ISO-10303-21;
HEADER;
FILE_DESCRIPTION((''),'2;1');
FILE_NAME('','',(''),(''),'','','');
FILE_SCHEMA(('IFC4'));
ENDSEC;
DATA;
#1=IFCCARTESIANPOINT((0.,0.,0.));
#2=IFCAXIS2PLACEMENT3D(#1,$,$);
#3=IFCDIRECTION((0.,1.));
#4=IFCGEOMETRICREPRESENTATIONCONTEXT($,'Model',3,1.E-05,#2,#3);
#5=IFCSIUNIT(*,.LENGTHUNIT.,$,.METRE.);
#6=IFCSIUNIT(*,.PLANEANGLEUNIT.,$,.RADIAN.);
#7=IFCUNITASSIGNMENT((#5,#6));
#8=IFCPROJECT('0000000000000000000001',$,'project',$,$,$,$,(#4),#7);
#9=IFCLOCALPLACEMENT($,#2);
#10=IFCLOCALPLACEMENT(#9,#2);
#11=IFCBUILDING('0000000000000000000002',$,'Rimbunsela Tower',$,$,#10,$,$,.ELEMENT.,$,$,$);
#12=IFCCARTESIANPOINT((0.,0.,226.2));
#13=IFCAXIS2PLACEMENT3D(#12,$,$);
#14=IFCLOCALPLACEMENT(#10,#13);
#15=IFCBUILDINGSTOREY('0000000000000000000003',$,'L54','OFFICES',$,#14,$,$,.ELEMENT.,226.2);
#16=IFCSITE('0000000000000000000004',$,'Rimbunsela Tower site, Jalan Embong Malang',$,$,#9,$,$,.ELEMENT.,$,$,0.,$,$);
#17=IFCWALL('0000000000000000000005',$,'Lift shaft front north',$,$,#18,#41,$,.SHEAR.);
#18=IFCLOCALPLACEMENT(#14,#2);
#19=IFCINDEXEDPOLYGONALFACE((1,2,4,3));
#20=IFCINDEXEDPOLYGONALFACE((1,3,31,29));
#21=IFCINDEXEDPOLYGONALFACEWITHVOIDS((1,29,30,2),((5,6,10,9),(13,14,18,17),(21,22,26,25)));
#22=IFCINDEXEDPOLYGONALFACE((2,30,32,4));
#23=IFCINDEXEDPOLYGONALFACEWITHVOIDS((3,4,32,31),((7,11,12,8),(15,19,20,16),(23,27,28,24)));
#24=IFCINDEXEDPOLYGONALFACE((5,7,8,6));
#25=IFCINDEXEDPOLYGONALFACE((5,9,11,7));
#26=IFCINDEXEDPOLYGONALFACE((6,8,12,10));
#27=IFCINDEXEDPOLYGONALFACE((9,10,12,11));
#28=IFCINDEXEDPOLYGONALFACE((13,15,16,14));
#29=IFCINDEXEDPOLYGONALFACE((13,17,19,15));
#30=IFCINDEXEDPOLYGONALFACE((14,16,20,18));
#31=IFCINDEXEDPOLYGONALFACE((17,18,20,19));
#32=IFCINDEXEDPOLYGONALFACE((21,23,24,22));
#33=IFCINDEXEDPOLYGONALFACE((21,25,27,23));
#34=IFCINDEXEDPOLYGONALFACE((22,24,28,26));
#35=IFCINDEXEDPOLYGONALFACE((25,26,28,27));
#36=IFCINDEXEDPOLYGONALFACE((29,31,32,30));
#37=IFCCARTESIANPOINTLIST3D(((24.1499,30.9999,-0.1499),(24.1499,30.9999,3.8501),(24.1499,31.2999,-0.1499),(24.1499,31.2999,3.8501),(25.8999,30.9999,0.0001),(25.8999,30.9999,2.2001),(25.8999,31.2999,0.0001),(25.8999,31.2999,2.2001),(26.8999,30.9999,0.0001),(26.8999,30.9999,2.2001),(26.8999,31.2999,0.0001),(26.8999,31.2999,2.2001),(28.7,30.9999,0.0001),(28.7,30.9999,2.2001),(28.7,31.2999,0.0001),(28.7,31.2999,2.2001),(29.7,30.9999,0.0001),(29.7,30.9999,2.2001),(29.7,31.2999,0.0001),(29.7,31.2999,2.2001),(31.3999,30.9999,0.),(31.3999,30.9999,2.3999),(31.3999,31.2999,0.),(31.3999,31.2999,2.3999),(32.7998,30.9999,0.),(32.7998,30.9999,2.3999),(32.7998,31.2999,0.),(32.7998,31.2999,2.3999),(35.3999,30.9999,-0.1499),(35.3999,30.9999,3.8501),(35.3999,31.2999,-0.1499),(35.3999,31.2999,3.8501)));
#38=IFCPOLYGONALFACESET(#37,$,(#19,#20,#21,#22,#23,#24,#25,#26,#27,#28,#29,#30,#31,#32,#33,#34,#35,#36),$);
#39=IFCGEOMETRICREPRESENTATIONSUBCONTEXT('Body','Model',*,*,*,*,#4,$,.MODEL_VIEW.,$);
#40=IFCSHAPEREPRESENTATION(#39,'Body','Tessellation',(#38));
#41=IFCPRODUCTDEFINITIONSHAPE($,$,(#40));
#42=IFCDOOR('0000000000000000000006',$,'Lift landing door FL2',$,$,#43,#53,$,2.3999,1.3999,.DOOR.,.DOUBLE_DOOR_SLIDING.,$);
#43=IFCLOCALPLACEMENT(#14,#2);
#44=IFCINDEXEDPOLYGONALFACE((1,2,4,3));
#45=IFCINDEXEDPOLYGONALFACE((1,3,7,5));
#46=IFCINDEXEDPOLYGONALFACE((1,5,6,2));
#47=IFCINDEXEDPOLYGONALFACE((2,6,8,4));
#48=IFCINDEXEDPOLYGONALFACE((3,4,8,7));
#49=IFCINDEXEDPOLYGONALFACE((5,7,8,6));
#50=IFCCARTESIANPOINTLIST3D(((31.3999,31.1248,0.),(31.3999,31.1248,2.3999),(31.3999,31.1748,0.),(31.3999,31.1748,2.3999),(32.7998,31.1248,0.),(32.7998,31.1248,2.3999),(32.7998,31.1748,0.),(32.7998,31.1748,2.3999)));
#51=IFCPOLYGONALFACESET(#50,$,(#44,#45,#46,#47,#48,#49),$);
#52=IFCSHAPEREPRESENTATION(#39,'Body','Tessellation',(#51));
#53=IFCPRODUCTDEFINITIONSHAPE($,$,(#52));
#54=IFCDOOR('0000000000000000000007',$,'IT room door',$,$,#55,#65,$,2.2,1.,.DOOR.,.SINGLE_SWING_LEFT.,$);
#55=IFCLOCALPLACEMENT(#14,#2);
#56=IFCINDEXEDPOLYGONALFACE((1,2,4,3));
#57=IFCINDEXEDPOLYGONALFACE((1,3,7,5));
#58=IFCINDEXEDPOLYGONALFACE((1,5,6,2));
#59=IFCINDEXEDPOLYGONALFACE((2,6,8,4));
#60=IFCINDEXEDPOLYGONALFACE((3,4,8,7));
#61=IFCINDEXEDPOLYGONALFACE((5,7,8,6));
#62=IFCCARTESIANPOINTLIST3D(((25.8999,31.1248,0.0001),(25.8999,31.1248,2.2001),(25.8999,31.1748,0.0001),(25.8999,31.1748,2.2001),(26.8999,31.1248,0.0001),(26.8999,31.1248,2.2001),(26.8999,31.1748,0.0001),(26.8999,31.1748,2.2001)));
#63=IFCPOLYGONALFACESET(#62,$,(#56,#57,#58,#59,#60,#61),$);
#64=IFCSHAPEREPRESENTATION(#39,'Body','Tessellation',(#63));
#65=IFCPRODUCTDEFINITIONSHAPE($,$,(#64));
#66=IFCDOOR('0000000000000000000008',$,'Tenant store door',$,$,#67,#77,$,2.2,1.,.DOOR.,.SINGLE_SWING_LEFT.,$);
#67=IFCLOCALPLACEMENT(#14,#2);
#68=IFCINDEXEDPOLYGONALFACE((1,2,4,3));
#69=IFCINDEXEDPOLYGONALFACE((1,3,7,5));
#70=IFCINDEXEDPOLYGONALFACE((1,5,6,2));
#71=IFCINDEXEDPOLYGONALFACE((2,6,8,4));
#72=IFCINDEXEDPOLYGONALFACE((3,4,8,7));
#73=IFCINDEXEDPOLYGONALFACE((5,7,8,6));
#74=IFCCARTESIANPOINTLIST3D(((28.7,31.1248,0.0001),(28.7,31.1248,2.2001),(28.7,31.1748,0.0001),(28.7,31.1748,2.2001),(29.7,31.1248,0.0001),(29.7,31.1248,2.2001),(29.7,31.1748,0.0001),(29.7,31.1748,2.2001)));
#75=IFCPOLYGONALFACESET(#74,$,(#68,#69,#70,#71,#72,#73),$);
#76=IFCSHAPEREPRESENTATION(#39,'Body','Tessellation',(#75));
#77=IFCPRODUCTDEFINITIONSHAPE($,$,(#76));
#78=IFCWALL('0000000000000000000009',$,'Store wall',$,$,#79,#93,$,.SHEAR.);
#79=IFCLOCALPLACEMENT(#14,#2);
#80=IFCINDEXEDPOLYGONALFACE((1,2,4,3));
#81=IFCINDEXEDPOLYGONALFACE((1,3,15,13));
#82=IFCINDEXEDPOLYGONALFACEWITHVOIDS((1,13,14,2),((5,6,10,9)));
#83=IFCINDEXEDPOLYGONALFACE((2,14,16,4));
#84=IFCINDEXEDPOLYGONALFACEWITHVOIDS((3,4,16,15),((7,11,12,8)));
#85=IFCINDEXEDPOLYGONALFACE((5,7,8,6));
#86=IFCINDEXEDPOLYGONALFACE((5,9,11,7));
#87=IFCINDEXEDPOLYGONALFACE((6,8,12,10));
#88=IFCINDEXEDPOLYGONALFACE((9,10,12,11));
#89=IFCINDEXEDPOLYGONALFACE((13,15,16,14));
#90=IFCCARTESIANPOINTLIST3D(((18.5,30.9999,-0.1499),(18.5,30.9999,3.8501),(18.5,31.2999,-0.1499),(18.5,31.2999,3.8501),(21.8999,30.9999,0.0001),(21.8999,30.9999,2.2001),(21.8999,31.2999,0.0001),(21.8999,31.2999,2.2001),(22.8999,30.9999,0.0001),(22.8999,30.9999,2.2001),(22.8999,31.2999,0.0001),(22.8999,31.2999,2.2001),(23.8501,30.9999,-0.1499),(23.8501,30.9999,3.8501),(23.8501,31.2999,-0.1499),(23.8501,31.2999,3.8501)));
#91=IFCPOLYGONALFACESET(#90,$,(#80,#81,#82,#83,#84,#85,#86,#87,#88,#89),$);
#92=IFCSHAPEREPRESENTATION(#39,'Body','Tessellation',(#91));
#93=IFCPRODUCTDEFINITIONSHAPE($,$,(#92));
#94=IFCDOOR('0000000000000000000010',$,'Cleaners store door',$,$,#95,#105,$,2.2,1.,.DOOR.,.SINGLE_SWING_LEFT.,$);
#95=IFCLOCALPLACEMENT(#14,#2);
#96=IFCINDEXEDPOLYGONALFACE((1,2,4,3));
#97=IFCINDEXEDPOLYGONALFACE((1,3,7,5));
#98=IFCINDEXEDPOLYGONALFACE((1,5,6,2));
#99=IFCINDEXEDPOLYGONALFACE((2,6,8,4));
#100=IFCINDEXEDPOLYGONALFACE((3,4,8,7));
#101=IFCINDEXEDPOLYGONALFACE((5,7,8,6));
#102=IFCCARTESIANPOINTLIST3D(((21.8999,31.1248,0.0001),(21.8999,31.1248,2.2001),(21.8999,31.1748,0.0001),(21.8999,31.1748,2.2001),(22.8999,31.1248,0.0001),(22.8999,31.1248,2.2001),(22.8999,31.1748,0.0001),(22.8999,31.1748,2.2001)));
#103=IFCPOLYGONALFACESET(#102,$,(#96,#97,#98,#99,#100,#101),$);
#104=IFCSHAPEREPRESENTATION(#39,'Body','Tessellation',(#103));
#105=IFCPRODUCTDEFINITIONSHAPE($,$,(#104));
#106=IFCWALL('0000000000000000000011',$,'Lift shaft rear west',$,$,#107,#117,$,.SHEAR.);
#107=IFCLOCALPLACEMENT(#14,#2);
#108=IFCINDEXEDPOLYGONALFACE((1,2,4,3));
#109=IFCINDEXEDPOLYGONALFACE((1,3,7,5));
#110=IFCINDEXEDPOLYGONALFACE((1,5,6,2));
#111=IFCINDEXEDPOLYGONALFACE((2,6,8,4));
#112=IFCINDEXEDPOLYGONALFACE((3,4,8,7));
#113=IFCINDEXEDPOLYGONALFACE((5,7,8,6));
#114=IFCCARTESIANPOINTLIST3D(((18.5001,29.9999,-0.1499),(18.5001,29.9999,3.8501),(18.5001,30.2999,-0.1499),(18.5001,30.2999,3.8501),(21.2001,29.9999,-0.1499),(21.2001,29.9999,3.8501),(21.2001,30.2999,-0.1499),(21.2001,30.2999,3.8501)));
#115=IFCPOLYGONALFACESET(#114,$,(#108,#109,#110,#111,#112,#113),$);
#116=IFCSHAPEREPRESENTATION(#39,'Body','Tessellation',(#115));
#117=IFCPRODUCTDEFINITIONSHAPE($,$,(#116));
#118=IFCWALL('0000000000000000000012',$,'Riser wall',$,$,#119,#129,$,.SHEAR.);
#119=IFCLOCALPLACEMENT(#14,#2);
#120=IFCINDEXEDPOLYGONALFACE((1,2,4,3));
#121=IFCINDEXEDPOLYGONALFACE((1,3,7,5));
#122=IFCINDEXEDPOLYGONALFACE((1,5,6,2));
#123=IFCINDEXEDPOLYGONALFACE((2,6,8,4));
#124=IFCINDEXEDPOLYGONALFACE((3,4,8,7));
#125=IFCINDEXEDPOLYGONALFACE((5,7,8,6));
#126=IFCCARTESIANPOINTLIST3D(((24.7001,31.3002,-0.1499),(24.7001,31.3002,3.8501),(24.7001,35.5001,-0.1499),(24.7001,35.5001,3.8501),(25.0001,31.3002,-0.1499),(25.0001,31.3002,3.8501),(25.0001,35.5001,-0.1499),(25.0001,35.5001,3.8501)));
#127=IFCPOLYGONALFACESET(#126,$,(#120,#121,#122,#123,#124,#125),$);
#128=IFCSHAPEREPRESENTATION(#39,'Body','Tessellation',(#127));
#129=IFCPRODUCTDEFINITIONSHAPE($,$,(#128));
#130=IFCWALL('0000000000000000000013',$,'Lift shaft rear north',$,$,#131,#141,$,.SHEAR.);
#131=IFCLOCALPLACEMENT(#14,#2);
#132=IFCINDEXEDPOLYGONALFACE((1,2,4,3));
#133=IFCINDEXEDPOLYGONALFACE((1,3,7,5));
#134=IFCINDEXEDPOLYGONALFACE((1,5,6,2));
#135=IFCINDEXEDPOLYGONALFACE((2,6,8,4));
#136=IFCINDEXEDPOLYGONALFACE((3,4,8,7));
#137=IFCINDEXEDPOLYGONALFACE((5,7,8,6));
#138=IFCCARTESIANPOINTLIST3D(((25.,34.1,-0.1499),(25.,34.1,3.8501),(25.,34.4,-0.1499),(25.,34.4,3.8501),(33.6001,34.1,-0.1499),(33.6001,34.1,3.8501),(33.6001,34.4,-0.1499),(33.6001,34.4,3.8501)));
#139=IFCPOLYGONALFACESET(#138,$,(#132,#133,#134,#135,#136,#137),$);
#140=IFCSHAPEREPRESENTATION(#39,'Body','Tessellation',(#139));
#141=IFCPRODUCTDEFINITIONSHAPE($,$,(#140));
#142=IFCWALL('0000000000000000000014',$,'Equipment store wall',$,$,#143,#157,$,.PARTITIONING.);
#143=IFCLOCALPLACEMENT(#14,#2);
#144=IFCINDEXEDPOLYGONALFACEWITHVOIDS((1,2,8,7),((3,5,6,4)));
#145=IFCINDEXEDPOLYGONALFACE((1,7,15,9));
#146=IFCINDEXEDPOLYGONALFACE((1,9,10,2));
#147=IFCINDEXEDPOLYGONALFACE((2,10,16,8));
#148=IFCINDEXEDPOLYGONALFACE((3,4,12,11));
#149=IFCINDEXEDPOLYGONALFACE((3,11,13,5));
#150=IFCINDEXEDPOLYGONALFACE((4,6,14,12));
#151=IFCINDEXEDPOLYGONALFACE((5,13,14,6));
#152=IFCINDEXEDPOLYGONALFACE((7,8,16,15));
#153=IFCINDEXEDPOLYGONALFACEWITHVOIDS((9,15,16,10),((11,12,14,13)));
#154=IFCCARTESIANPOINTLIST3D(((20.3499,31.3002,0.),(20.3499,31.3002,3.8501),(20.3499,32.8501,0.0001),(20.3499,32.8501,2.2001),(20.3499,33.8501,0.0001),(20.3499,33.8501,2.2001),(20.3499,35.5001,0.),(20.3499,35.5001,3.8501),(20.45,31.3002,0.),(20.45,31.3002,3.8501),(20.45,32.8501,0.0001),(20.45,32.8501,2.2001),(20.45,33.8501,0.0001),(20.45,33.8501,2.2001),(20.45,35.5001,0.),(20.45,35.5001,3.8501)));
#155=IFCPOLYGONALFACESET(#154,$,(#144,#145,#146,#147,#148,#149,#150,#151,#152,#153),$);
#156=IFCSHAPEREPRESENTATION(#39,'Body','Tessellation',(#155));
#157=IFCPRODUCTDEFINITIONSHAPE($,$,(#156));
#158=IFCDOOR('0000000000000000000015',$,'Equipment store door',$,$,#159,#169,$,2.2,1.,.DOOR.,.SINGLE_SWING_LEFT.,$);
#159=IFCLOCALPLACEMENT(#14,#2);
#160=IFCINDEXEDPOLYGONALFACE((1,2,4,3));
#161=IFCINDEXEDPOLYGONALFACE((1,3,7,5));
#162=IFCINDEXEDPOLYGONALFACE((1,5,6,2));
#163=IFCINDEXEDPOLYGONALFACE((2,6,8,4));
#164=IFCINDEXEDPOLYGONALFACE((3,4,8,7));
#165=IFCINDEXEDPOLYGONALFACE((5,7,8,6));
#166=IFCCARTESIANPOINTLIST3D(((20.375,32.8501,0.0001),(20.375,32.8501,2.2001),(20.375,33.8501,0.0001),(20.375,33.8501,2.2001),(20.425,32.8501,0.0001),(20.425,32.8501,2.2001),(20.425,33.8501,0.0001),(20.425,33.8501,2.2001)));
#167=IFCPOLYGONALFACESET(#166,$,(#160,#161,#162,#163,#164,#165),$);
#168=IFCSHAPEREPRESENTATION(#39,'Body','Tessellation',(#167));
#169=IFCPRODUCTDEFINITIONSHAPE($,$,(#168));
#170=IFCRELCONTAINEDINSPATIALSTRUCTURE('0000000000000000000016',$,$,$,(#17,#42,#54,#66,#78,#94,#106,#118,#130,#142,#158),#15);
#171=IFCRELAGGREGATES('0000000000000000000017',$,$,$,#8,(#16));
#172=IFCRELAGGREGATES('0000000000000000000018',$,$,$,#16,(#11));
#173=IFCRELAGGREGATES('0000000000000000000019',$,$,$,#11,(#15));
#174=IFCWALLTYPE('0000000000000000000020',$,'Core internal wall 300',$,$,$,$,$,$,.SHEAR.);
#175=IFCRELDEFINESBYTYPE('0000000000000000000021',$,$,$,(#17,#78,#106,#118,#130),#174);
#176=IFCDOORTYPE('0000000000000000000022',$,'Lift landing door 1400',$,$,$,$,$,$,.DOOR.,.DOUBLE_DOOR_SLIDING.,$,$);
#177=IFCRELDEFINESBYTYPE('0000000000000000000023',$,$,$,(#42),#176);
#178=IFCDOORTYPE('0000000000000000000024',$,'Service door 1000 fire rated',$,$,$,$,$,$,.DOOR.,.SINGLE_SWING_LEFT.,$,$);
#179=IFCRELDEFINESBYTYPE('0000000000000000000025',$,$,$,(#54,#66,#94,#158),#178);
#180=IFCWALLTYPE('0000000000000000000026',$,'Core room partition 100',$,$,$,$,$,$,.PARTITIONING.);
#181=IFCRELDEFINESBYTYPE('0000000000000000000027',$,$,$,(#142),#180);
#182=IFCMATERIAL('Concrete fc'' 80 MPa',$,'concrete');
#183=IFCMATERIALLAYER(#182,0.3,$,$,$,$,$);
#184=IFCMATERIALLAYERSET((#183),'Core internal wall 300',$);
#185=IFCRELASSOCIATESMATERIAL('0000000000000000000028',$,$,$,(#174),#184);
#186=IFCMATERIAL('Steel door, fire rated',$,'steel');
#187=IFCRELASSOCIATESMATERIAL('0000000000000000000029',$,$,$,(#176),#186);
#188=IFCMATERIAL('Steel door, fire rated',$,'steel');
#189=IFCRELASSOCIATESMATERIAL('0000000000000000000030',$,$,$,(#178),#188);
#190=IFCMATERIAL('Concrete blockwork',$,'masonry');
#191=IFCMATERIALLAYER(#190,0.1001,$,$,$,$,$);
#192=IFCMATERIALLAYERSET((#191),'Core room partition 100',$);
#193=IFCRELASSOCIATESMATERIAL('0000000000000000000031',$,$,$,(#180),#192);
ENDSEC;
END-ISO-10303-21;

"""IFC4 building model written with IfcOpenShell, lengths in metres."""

from ifc_helpers import new_model, si_unit, direction, frame, frame_2d, origin, place, context, subcontext, project, spatial, rectangle, extrude, material, layer, layer_set, type_object, element, fill, save


model = new_model("IFC4")

# Units and contexts
model_context = context("Model", 3, precision=1e-05, world=origin(), true_north=direction((0.0, 1.0)))
body_context = subcontext(model_context, "Body", "Model", "MODEL_VIEW")
ifc_project = project(units=[si_unit("LENGTHUNIT", "METRE"), si_unit("PLANEANGLEUNIT", "RADIAN")], contexts=[model_context])

# Site, building, storey
site_placement = place(None, origin())
site = spatial("IfcSite", under=ifc_project, at=site_placement, Name="Rimbunsela Tower site, Jalan Embong Malang", CompositionType="ELEMENT", RefElevation=0.0)
building_placement = place(site_placement, origin())
building = spatial("IfcBuilding", under=site, at=building_placement, Name="Rimbunsela Tower", CompositionType="ELEMENT")
storey_placement = place(building_placement, frame((0.0, 0.0, 226.2)))
storey = spatial("IfcBuildingStorey", under=building, at=storey_placement, Name="L54", Description="OFFICES", CompositionType="ELEMENT", Elevation=226.2)

# Wall, openings, doors
ifc_material_1 = material(Name="Concrete fc' 80 MPa", Category="concrete")
ifc_layer_1 = layer(ifc_material_1, 0.3)
ifc_layer_set_1 = layer_set([ifc_layer_1], Name="Core internal wall 300")
wall_type_1 = type_object("IfcWallType", Name="Core internal wall 300", PredefinedType="SHEAR", material=ifc_layer_set_1)
wall_1_placement = place(storey_placement, frame((24.1499, 31.1499, -0.1499), z_axis=(0.0, 0.0, 1.0), x_axis=(1.0, 0.0, 0.0)))
wall_1 = element("IfcWall", 1, at=wall_1_placement, inside=storey, type_object=wall_type_1, Name="Lift shaft front north", PredefinedType="SHEAR", context=body_context, shape_type="SweptSolid", body=[
    extrude(rectangle(XDim=11.25, YDim=0.3, at=frame_2d((5.625, 0.0))), origin(), (0.0, 0.0, 1.0), 4.0),
])
opening_1_placement = place(wall_1_placement, frame((1.75, 0.0, 0.1499)))
opening_1 = element("IfcOpeningElement", 2, at=opening_1_placement, cuts=wall_1, PredefinedType="OPENING", context=body_context, shape_type="SweptSolid", body=[
    extrude(rectangle(XDim=1.0, YDim=2.2, at=frame_2d((0.5, 1.1001))), frame((0.0, 0.1599, 0.0), z_axis=(0.0, -1.0, 0.0), x_axis=(1.0, 0.0, 0.0)), (0.0, 0.0, 1.0), 0.3201),
])
opening_2_placement = place(wall_1_placement, frame((4.55, 0.0, 0.1499)))
opening_2 = element("IfcOpeningElement", 3, at=opening_2_placement, cuts=wall_1, PredefinedType="OPENING", context=body_context, shape_type="SweptSolid", body=[
    extrude(rectangle(XDim=1.0, YDim=2.2, at=frame_2d((0.5, 1.1001))), frame((0.0, 0.1599, 0.0), z_axis=(0.0, -1.0, 0.0), x_axis=(1.0, 0.0, 0.0)), (0.0, 0.0, 1.0), 0.3201),
])
opening_3_placement = place(wall_1_placement, frame((7.25, 0.0, 0.1499)))
opening_3 = element("IfcOpeningElement", 4, at=opening_3_placement, cuts=wall_1, PredefinedType="OPENING", context=body_context, shape_type="SweptSolid", body=[
    extrude(rectangle(XDim=1.3999, YDim=2.3999, at=frame_2d((0.7, 1.2))), frame((0.0, 0.1599, 0.0), z_axis=(0.0, -1.0, 0.0), x_axis=(1.0, 0.0, 0.0)), (0.0, 0.0, 1.0), 0.3201),
])
ifc_material_2 = material(Name="Steel door, fire rated", Category="steel")
door_type_1 = type_object("IfcDoorType", Name="Lift landing door 1400", OperationType="DOUBLE_DOOR_SLIDING", PredefinedType="DOOR", material=ifc_material_2)
door_1_placement = place(opening_3_placement, origin())
door_1 = element("IfcDoor", 5, at=door_1_placement, inside=storey, type_object=door_type_1, Name="Lift landing door FL2", OperationType="DOUBLE_DOOR_SLIDING", OverallHeight=2.3999, OverallWidth=1.3999, PredefinedType="DOOR", context=body_context, shape_type="SweptSolid", body=[
    extrude(rectangle(XDim=1.3999, YDim=2.3999, at=frame_2d((0.7, 1.2))), frame((0.0, 0.0249, 0.0), z_axis=(0.0, -1.0, 0.0), x_axis=(1.0, 0.0, 0.0)), (0.0, 0.0, 1.0), 0.05),
])
fill(opening_3, door_1)
ifc_material_3 = material(Name="Steel door, fire rated", Category="steel")
door_type_2 = type_object("IfcDoorType", Name="Service door 1000 fire rated", OperationType="SINGLE_SWING_LEFT", PredefinedType="DOOR", material=ifc_material_3)
door_2_placement = place(opening_1_placement, origin())
door_2 = element("IfcDoor", 6, at=door_2_placement, inside=storey, type_object=door_type_2, Name="IT room door", OperationType="SINGLE_SWING_LEFT", OverallHeight=2.2, OverallWidth=1.0, PredefinedType="DOOR", context=body_context, shape_type="SweptSolid", body=[
    extrude(rectangle(XDim=1.0, YDim=2.2, at=frame_2d((0.5, 1.1001))), frame((0.0, 0.0249, 0.0), z_axis=(0.0, -1.0, 0.0), x_axis=(1.0, 0.0, 0.0)), (0.0, 0.0, 1.0), 0.05),
])
fill(opening_1, door_2)
door_3_placement = place(opening_2_placement, origin())
door_3 = element("IfcDoor", 7, at=door_3_placement, inside=storey, type_object=door_type_2, Name="Tenant store door", OperationType="SINGLE_SWING_LEFT", OverallHeight=2.2, OverallWidth=1.0, PredefinedType="DOOR", context=body_context, shape_type="SweptSolid", body=[
    extrude(rectangle(XDim=1.0, YDim=2.2, at=frame_2d((0.5, 1.1001))), frame((0.0, 0.0249, 0.0), z_axis=(0.0, -1.0, 0.0), x_axis=(1.0, 0.0, 0.0)), (0.0, 0.0, 1.0), 0.05),
])
fill(opening_2, door_3)

# Wall, opening, door
wall_2_placement = place(storey_placement, frame((18.5, 31.1499, -0.1499), z_axis=(0.0, 0.0, 1.0), x_axis=(1.0, 0.0, 0.0)))
wall_2 = element("IfcWall", 8, at=wall_2_placement, inside=storey, type_object=wall_type_1, Name="Store wall", PredefinedType="SHEAR", context=body_context, shape_type="SweptSolid", body=[
    extrude(rectangle(XDim=5.3501, YDim=0.3, at=frame_2d((2.675, 0.0))), origin(), (0.0, 0.0, 1.0), 4.0),
])
opening_4_placement = place(wall_2_placement, frame((3.3999, 0.0, 0.1499)))
opening_4 = element("IfcOpeningElement", 9, at=opening_4_placement, cuts=wall_2, PredefinedType="OPENING", context=body_context, shape_type="SweptSolid", body=[
    extrude(rectangle(XDim=1.0, YDim=2.2, at=frame_2d((0.5, 1.1001))), frame((0.0, 0.1599, 0.0), z_axis=(0.0, -1.0, 0.0), x_axis=(1.0, 0.0, 0.0)), (0.0, 0.0, 1.0), 0.3201),
])
door_4_placement = place(opening_4_placement, origin())
door_4 = element("IfcDoor", 10, at=door_4_placement, inside=storey, type_object=door_type_2, Name="Cleaners store door", OperationType="SINGLE_SWING_LEFT", OverallHeight=2.2, OverallWidth=1.0, PredefinedType="DOOR", context=body_context, shape_type="SweptSolid", body=[
    extrude(rectangle(XDim=1.0, YDim=2.2, at=frame_2d((0.5, 1.1001))), frame((0.0, 0.0249, 0.0), z_axis=(0.0, -1.0, 0.0), x_axis=(1.0, 0.0, 0.0)), (0.0, 0.0, 1.0), 0.05),
])
fill(opening_4, door_4)

# Walls
wall_3_placement = place(storey_placement, frame((18.5, 30.1499, -0.1499), z_axis=(0.0, 0.0, 1.0), x_axis=(1.0, 0.0, 0.0)))
element("IfcWall", 11, at=wall_3_placement, inside=storey, type_object=wall_type_1, Name="Lift shaft rear west", PredefinedType="SHEAR", context=body_context, shape_type="SweptSolid", body=[
    extrude(rectangle(XDim=2.7, YDim=0.3, at=frame_2d((1.3501, 0.0))), origin(), (0.0, 0.0, 1.0), 4.0),
])
wall_4_placement = place(storey_placement, frame((24.8501, 31.3, -0.1499), z_axis=(0.0, 0.0, 1.0), x_axis=(0.0, 1.0, 0.0)))
element("IfcWall", 12, at=wall_4_placement, inside=storey, type_object=wall_type_1, Name="Riser wall", PredefinedType="SHEAR", context=body_context, shape_type="SweptSolid", body=[
    extrude(rectangle(XDim=4.2, YDim=0.3, at=frame_2d((2.1001, 0.0))), origin(), (0.0, 0.0, 1.0), 4.0),
])
wall_5_placement = place(storey_placement, frame((25.0, 34.25, -0.1499), z_axis=(0.0, 0.0, 1.0), x_axis=(1.0, 0.0, 0.0)))
element("IfcWall", 13, at=wall_5_placement, inside=storey, type_object=wall_type_1, Name="Lift shaft rear north", PredefinedType="SHEAR", context=body_context, shape_type="SweptSolid", body=[
    extrude(rectangle(XDim=8.6001, YDim=0.3, at=frame_2d((4.3, 0.0))), origin(), (0.0, 0.0, 1.0), 4.0),
])

# Wall, opening, door
ifc_material_4 = material(Name="Concrete blockwork", Category="masonry")
ifc_layer_2 = layer(ifc_material_4, 0.1001)
ifc_layer_set_2 = layer_set([ifc_layer_2], Name="Core room partition 100")
wall_type_2 = type_object("IfcWallType", Name="Core room partition 100", PredefinedType="PARTITIONING", material=ifc_layer_set_2)
wall_6_placement = place(storey_placement, frame((20.3999, 31.3, 0.0), z_axis=(0.0, 0.0, 1.0), x_axis=(0.0, 1.0, 0.0)))
wall_6 = element("IfcWall", 14, at=wall_6_placement, inside=storey, type_object=wall_type_2, Name="Equipment store wall", PredefinedType="PARTITIONING", context=body_context, shape_type="SweptSolid", body=[
    extrude(rectangle(XDim=4.2, YDim=0.1001, at=frame_2d((2.1001, 0.0))), origin(), (0.0, 0.0, 1.0), 3.8501),
])
opening_5_placement = place(wall_6_placement, frame((1.55, 0.0, 0.0)))
opening_5 = element("IfcOpeningElement", 15, at=opening_5_placement, cuts=wall_6, PredefinedType="OPENING", context=body_context, shape_type="SweptSolid", body=[
    extrude(rectangle(XDim=1.0, YDim=2.2, at=frame_2d((0.5, 1.1001))), frame((0.0, 0.0601, 0.0), z_axis=(0.0, -1.0, 0.0), x_axis=(1.0, 0.0, 0.0)), (0.0, 0.0, 1.0), 0.1201),
])
door_5_placement = place(opening_5_placement, origin())
door_5 = element("IfcDoor", 16, at=door_5_placement, inside=storey, type_object=door_type_2, Name="Equipment store door", OperationType="SINGLE_SWING_LEFT", OverallHeight=2.2, OverallWidth=1.0, PredefinedType="DOOR", context=body_context, shape_type="SweptSolid", body=[
    extrude(rectangle(XDim=1.0, YDim=2.2, at=frame_2d((0.5, 1.1001))), frame((0.0, 0.0249, 0.0), z_axis=(0.0, -1.0, 0.0), x_axis=(1.0, 0.0, 0.0)), (0.0, 0.0, 1.0), 0.05),
])
fill(opening_5, door_5)

save(model, "model.ifc")
